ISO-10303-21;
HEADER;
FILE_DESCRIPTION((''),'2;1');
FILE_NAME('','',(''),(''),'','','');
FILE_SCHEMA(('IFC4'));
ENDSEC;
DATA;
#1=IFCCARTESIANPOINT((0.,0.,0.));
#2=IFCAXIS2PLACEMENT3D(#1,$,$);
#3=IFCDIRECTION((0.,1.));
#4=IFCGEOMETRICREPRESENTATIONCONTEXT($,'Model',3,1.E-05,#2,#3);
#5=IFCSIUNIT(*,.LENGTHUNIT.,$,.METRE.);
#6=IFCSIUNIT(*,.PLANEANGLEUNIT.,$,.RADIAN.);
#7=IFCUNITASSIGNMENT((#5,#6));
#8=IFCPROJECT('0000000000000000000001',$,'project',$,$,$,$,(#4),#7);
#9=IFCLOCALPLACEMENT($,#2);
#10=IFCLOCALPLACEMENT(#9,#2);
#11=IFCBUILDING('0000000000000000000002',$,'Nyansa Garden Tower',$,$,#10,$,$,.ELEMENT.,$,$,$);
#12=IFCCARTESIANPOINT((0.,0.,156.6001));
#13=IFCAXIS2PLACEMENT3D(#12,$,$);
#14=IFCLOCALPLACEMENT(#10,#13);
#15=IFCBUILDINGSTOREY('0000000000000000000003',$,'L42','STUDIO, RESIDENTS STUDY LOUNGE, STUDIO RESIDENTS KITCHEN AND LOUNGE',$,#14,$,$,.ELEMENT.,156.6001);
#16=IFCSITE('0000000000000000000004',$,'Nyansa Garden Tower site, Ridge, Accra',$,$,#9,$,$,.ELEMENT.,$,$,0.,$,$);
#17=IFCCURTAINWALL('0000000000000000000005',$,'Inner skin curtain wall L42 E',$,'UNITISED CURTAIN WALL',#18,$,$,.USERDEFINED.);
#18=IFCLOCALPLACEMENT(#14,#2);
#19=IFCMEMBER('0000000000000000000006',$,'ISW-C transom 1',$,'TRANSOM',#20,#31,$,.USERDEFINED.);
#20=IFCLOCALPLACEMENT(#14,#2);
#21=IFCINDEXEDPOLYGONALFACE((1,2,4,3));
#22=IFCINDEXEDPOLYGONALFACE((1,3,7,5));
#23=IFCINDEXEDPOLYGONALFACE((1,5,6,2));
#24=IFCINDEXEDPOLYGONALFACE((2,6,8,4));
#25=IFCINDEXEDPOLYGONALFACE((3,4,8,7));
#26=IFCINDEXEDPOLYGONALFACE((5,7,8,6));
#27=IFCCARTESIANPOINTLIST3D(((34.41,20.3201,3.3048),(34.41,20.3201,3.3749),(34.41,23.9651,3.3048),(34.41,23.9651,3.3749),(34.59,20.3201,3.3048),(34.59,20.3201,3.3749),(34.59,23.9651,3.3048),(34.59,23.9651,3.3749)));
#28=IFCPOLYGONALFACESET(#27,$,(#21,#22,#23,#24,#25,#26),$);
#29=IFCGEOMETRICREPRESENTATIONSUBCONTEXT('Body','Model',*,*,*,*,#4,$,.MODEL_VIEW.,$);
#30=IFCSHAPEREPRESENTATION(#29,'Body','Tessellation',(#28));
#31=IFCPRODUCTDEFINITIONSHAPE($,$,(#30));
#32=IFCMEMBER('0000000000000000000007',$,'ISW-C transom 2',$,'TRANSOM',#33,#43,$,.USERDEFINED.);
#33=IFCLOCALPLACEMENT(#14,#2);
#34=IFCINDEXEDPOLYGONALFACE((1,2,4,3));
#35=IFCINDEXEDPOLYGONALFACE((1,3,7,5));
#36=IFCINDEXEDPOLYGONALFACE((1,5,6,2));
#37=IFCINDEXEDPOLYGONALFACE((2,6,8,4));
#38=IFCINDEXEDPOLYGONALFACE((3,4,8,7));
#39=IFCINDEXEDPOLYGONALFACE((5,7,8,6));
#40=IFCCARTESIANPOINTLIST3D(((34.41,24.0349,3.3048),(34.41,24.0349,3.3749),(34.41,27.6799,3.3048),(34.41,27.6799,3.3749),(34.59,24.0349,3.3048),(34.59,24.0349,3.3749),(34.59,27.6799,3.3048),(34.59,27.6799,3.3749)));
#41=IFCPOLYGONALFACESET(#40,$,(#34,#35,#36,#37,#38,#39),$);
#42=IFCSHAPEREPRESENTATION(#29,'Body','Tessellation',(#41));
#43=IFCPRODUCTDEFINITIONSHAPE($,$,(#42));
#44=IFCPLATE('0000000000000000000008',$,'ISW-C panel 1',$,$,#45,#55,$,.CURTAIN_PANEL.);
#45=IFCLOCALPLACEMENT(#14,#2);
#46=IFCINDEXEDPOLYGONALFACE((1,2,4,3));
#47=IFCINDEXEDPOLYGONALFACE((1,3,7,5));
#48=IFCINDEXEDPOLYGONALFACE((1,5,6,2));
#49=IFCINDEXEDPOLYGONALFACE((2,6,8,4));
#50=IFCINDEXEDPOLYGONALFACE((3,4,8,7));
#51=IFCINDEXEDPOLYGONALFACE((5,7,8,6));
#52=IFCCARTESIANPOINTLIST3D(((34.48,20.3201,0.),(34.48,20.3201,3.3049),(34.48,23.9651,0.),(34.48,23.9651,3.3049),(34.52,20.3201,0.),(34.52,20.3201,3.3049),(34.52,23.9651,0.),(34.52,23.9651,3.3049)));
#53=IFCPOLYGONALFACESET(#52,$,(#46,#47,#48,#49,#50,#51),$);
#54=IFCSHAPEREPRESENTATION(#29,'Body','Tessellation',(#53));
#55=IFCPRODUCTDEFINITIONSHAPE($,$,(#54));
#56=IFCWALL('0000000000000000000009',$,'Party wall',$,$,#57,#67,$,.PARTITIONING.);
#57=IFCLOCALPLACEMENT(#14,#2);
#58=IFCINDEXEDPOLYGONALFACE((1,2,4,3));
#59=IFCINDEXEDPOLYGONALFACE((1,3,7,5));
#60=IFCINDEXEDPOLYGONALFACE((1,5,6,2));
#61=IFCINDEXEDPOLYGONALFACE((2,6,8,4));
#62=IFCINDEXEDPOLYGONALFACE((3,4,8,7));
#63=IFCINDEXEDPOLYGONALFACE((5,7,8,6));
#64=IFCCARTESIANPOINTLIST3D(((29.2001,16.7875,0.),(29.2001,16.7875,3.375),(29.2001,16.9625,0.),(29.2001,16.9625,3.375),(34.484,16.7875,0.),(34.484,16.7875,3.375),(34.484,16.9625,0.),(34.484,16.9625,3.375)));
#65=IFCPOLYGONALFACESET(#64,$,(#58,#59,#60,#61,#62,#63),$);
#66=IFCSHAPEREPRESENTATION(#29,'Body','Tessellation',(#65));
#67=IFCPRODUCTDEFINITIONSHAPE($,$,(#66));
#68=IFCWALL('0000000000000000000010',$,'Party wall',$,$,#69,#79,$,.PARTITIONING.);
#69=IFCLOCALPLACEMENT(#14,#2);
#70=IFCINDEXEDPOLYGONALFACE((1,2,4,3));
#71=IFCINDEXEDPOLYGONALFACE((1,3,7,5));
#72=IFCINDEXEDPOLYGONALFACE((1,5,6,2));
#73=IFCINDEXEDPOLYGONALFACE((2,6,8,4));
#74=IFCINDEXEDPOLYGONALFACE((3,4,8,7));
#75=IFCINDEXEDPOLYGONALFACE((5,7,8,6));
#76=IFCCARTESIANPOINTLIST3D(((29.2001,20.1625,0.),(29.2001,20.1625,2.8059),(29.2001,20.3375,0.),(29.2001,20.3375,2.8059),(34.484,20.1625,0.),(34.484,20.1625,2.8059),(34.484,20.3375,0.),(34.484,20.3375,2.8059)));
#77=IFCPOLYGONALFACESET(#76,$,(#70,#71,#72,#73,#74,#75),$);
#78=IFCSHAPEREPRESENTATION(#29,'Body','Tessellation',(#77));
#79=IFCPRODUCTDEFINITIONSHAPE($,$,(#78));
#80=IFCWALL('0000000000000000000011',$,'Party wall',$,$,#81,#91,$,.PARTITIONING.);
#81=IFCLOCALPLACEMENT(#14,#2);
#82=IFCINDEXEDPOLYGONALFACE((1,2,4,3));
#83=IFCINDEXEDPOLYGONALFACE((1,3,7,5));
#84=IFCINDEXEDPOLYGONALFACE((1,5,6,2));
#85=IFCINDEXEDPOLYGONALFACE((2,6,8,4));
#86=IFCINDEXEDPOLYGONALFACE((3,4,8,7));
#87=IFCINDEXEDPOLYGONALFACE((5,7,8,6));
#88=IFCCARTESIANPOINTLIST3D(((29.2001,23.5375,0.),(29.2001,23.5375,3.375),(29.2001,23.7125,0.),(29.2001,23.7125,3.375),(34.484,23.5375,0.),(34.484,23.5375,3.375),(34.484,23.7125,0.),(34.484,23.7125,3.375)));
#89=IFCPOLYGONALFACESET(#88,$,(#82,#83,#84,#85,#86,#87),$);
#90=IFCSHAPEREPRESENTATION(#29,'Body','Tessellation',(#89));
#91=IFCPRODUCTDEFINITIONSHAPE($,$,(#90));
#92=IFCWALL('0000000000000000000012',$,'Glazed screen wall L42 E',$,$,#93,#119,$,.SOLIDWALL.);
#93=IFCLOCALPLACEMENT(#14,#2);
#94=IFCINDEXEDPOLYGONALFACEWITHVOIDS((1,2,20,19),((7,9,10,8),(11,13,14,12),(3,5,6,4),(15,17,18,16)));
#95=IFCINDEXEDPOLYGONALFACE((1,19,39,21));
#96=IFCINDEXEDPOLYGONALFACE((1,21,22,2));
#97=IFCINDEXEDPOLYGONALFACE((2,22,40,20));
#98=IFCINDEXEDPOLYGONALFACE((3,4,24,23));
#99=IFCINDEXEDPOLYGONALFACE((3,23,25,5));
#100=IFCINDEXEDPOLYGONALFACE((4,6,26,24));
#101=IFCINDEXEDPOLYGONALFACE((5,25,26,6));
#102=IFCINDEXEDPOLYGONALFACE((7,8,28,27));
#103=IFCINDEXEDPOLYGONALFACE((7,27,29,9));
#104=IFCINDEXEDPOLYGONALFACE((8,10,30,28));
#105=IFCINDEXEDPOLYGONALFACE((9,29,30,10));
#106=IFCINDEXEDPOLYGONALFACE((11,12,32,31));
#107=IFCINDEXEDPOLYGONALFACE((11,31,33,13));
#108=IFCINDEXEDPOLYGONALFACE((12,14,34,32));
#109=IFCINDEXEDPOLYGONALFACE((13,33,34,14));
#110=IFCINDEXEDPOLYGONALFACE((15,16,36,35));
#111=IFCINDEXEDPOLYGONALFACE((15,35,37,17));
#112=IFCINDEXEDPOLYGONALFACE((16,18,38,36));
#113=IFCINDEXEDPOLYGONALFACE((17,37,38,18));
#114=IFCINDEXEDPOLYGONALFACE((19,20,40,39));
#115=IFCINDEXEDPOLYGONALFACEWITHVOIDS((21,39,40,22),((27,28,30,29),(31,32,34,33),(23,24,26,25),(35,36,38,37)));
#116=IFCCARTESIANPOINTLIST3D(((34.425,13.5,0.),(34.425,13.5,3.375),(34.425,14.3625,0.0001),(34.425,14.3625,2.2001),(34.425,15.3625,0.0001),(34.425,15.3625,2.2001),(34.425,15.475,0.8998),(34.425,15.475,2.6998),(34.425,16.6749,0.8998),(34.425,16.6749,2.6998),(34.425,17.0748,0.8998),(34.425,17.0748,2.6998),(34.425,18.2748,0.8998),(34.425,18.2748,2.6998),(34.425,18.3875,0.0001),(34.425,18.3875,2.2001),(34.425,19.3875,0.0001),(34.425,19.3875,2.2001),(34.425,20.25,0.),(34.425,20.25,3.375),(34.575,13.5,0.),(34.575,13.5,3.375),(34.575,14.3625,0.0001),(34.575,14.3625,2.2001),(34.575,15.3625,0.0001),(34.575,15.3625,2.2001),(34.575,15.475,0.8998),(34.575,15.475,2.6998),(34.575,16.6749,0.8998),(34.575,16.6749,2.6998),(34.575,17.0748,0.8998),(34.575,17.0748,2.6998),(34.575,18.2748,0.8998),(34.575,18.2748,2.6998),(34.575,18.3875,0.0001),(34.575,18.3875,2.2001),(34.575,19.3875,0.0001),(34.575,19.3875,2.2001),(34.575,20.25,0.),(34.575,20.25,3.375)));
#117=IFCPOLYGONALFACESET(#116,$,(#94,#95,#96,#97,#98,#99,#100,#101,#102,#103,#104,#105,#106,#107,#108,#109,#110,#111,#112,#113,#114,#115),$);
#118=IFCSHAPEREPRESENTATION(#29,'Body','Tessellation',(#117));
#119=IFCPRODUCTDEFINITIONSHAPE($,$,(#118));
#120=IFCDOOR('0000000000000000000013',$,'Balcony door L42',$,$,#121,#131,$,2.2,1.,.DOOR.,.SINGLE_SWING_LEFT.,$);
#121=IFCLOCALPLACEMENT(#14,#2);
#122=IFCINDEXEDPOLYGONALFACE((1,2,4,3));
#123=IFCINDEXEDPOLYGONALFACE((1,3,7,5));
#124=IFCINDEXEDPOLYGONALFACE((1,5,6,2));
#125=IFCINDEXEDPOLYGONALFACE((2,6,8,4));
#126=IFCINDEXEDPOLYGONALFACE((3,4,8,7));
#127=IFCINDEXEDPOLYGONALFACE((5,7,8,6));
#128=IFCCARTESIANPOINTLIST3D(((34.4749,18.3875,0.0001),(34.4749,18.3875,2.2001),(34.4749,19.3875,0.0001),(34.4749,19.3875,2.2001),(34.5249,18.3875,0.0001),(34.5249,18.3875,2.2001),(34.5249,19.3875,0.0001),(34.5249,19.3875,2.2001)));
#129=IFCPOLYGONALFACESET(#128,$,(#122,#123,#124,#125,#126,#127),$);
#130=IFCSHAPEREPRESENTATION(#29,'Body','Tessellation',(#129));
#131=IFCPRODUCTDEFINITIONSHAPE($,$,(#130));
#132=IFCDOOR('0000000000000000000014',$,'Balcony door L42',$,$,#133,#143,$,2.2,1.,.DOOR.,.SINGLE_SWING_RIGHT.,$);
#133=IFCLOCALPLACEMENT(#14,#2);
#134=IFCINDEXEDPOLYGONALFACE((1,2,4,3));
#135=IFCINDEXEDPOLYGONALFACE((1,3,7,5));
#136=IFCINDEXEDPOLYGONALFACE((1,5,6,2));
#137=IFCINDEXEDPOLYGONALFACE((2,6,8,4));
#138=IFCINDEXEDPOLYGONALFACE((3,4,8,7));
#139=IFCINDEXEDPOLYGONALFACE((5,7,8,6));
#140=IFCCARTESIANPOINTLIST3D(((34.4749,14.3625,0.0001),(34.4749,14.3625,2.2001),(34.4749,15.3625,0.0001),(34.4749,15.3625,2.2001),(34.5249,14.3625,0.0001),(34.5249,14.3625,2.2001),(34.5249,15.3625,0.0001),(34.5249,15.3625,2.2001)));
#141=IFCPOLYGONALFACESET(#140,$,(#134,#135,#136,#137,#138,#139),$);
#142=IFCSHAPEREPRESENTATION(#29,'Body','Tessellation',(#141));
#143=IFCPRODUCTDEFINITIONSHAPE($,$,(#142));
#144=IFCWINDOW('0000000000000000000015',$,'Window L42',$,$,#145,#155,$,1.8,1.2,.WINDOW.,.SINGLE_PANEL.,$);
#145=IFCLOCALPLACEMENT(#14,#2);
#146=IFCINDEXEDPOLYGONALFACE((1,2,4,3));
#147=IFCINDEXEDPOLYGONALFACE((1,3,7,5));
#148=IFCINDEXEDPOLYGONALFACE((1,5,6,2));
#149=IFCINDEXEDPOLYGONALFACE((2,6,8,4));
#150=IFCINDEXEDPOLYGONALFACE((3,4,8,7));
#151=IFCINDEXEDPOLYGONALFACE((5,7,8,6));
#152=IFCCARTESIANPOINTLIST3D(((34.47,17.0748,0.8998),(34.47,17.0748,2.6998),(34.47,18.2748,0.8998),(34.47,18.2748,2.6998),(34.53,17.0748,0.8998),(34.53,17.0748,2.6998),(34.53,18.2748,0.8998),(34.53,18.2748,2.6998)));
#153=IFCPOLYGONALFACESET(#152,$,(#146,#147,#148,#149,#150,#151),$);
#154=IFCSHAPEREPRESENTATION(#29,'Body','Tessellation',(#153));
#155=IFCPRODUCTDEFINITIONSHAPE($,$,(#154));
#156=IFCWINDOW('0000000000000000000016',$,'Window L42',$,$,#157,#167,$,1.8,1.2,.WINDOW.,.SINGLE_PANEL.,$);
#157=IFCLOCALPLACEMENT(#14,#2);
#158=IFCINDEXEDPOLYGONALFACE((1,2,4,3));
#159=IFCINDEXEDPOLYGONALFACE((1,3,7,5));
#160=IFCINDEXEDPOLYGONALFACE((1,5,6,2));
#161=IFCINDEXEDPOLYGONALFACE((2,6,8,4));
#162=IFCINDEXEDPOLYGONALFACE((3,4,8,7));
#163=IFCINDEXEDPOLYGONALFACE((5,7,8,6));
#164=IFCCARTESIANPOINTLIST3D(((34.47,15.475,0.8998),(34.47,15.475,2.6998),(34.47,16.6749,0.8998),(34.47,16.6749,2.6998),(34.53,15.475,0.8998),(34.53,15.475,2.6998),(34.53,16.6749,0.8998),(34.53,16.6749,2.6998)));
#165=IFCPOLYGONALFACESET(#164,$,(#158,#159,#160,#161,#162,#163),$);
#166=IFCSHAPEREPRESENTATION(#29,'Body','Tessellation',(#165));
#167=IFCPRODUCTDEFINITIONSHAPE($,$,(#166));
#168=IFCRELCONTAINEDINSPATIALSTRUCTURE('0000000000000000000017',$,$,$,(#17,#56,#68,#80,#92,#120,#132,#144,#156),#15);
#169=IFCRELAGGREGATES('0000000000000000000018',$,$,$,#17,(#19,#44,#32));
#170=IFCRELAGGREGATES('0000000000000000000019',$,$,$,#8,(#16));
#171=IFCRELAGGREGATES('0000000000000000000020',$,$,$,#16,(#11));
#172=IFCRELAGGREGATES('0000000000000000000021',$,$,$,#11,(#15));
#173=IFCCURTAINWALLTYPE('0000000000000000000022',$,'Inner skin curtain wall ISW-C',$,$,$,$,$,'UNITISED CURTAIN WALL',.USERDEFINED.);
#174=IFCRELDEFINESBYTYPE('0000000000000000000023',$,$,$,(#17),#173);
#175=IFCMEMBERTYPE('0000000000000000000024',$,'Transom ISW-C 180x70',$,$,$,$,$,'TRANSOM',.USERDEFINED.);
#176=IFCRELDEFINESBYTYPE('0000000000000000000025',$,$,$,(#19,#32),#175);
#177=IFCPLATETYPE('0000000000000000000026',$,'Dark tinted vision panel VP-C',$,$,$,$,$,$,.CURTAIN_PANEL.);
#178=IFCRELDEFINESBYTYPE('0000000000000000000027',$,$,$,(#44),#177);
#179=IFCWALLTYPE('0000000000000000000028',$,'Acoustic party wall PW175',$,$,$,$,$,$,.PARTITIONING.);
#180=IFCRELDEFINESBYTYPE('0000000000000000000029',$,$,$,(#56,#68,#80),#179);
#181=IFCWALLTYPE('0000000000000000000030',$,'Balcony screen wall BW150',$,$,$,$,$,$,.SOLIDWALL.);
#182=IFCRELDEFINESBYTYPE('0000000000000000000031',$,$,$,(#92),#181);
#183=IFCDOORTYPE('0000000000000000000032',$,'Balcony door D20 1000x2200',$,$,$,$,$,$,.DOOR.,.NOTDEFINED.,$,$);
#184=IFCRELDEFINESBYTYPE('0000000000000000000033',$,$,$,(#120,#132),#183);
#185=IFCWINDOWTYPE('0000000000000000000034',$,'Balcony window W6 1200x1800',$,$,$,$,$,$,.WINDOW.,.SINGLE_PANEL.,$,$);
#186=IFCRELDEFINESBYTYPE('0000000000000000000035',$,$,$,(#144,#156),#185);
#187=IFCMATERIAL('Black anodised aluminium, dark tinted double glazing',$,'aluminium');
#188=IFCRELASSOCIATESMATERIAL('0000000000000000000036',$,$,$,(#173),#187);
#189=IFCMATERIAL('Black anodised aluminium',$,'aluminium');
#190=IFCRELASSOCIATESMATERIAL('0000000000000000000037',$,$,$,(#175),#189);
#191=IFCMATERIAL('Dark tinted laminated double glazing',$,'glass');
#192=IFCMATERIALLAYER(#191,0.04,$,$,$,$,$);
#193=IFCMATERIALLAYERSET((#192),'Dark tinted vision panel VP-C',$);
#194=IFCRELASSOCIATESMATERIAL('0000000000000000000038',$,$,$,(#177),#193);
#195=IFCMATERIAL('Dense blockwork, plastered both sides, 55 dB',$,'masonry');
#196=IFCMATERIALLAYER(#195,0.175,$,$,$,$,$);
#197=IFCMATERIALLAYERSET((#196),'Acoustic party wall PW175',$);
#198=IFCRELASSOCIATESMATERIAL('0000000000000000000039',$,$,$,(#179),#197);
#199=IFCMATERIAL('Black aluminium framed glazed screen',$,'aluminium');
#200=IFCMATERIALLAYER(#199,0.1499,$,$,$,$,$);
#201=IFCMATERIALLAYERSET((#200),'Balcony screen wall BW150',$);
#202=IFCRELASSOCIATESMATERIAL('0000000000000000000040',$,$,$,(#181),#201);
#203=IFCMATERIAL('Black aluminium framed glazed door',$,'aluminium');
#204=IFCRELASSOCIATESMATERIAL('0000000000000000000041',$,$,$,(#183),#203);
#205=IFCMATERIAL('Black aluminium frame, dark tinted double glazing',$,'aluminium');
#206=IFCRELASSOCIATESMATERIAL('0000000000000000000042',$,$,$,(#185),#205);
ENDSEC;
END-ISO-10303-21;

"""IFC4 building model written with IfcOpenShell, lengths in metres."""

from ifc_helpers import new_model, si_unit, direction, frame, frame_2d, origin, origin_2d, place, context, subcontext, project, spatial, rectangle, extrude, material, layer, layer_set, material_profile, profile_set, type_object, element, fill, aggregate, save


model = new_model("IFC4")

# Units and contexts
model_context = context("Model", 3, precision=1e-05, world=origin(), true_north=direction((0.0, 1.0)))
body_context = subcontext(model_context, "Body", "Model", "MODEL_VIEW")
ifc_project = project(units=[si_unit("LENGTHUNIT", "METRE"), si_unit("PLANEANGLEUNIT", "RADIAN")], contexts=[model_context])

# Site, building, storey
site_placement = place(None, origin())
site = spatial("IfcSite", under=ifc_project, at=site_placement, Name="Nyansa Garden Tower site, Ridge, Accra", CompositionType="ELEMENT", RefElevation=0.0)
building_placement = place(site_placement, origin())
building = spatial("IfcBuilding", under=site, at=building_placement, Name="Nyansa Garden Tower", CompositionType="ELEMENT")
storey_placement = place(building_placement, frame((0.0, 0.0, 156.6001)))
storey = spatial("IfcBuildingStorey", under=building, at=storey_placement, Name="L42", Description="STUDIO, RESIDENTS STUDY LOUNGE, STUDIO RESIDENTS KITCHEN AND LOUNGE", CompositionType="ELEMENT", Elevation=156.6001)

# Curtain wall
ifc_material_1 = material(Name="Black anodised aluminium, dark tinted double glazing", Category="aluminium")
curtain_wall_type = type_object("IfcCurtainWallType", Name="Inner skin curtain wall ISW-C", ElementType="UNITISED CURTAIN WALL", PredefinedType="USERDEFINED", material=ifc_material_1)
curtain_wall_placement = place(storey_placement, origin())
curtain_wall = element("IfcCurtainWall", 1, at=curtain_wall_placement, inside=storey, type_object=curtain_wall_type, Name="Inner skin curtain wall L42 E", ObjectType="UNITISED CURTAIN WALL", PredefinedType="USERDEFINED")

# Members
ifc_material_2 = material(Name="Black anodised aluminium", Category="aluminium")
ifc_material_profile_1 = material_profile(ifc_material_2, rectangle(XDim=0.1799, YDim=0.0701, at=origin_2d()), Name="Transom 180x70")
ifc_profile_set_1 = profile_set([ifc_material_profile_1], Name="Black anodised aluminium")
member_type_1 = type_object("IfcMemberType", Name="Transom ISW-C 180x70", ElementType="TRANSOM", PredefinedType="USERDEFINED", material=ifc_profile_set_1)
member_1_placement = place(storey_placement, frame((34.5, 20.3201, 3.3398), z_axis=(0.0, 1.0, 0.0), x_axis=(-1.0, 0.0, 0.0)))
member_1 = element("IfcMember", 2, at=member_1_placement, type_object=member_type_1, Name="ISW-C transom 1", ObjectType="TRANSOM", PredefinedType="USERDEFINED", context=body_context, shape_type="SweptSolid", body=[
    extrude(rectangle(XDim=0.1799, YDim=0.0701, at=origin_2d()), origin(), (0.0, 0.0, 1.0), 3.645),
])
member_2_placement = place(storey_placement, frame((34.5, 24.0349, 3.3398), z_axis=(0.0, 1.0, 0.0), x_axis=(-1.0, 0.0, 0.0)))
member_2 = element("IfcMember", 3, at=member_2_placement, type_object=member_type_1, Name="ISW-C transom 2", ObjectType="TRANSOM", PredefinedType="USERDEFINED", context=body_context, shape_type="SweptSolid", body=[
    extrude(rectangle(XDim=0.1799, YDim=0.0701, at=origin_2d()), origin(), (0.0, 0.0, 1.0), 3.645),
])

# Plate
ifc_material_3 = material(Name="Dark tinted laminated double glazing", Category="glass")
ifc_layer_1 = layer(ifc_material_3, 0.04)
ifc_layer_set_1 = layer_set([ifc_layer_1], Name="Dark tinted vision panel VP-C")
plate_type = type_object("IfcPlateType", Name="Dark tinted vision panel VP-C", PredefinedType="CURTAIN_PANEL", material=ifc_layer_set_1)
plate_placement = place(storey_placement, frame((34.5, 22.1426, 0.0), z_axis=(0.0, 0.0, 1.0), x_axis=(0.0, 1.0, 0.0)))
plate = element("IfcPlate", 4, at=plate_placement, type_object=plate_type, Name="ISW-C panel 1", PredefinedType="CURTAIN_PANEL", context=body_context, shape_type="SweptSolid", body=[
    extrude(rectangle(XDim=3.645, YDim=0.04, at=origin_2d()), origin(), (0.0, 0.0, 1.0), 3.3049),
])
aggregate(curtain_wall, [member_1, plate, member_2])

# Walls
ifc_material_4 = material(Name="Dense blockwork, plastered both sides, 55 dB", Category="masonry")
ifc_layer_2 = layer(ifc_material_4, 0.175)
ifc_layer_set_2 = layer_set([ifc_layer_2], Name="Acoustic party wall PW175")
wall_type_1 = type_object("IfcWallType", Name="Acoustic party wall PW175", PredefinedType="PARTITIONING", material=ifc_layer_set_2)
wall_1_placement = place(storey_placement, frame((29.2, 16.875, 0.0), z_axis=(0.0, 0.0, 1.0), x_axis=(1.0, 0.0, 0.0)))
element("IfcWall", 5, at=wall_1_placement, inside=storey, type_object=wall_type_1, Name="Party wall", PredefinedType="PARTITIONING", context=body_context, shape_type="SweptSolid", body=[
    extrude(rectangle(XDim=5.2839, YDim=0.175, at=frame_2d((2.6421, 0.0))), origin(), (0.0, 0.0, 1.0), 3.375),
])
wall_2_placement = place(storey_placement, frame((29.2, 20.25, 0.0), z_axis=(0.0, 0.0, 1.0), x_axis=(1.0, 0.0, 0.0)))
element("IfcWall", 6, at=wall_2_placement, inside=storey, type_object=wall_type_1, Name="Party wall", PredefinedType="PARTITIONING", context=body_context, shape_type="SweptSolid", body=[
    extrude(rectangle(XDim=5.2839, YDim=0.175, at=frame_2d((2.6421, 0.0))), origin(), (0.0, 0.0, 1.0), 2.8059),
])
wall_3_placement = place(storey_placement, frame((29.2, 23.625, 0.0), z_axis=(0.0, 0.0, 1.0), x_axis=(1.0, 0.0, 0.0)))
element("IfcWall", 7, at=wall_3_placement, inside=storey, type_object=wall_type_1, Name="Party wall", PredefinedType="PARTITIONING", context=body_context, shape_type="SweptSolid", body=[
    extrude(rectangle(XDim=5.2839, YDim=0.175, at=frame_2d((2.6421, 0.0))), origin(), (0.0, 0.0, 1.0), 3.375),
])

# Wall, openings, doors, windows
ifc_material_5 = material(Name="Black aluminium framed glazed screen", Category="aluminium")
ifc_layer_3 = layer(ifc_material_5, 0.1499)
ifc_layer_set_3 = layer_set([ifc_layer_3], Name="Balcony screen wall BW150")
wall_type_2 = type_object("IfcWallType", Name="Balcony screen wall BW150", PredefinedType="SOLIDWALL", material=ifc_layer_set_3)
wall_4_placement = place(storey_placement, frame((34.5, 20.25, 0.0), z_axis=(0.0, 0.0, 1.0), x_axis=(0.0, -1.0, 0.0)))
wall_4 = element("IfcWall", 8, at=wall_4_placement, inside=storey, type_object=wall_type_2, Name="Glazed screen wall L42 E", PredefinedType="SOLIDWALL", context=body_context, shape_type="SweptSolid", body=[
    extrude(rectangle(XDim=6.75, YDim=0.1499, at=frame_2d((3.375, 0.0))), origin(), (0.0, 0.0, 1.0), 3.375),
])
opening_1_placement = place(wall_4_placement, frame((0.8625, 0.0, 0.0)))
opening_1 = element("IfcOpeningElement", 9, at=opening_1_placement, cuts=wall_4, PredefinedType="OPENING", context=body_context, shape_type="SweptSolid", body=[
    extrude(rectangle(XDim=1.0, YDim=2.2, at=frame_2d((0.5, 1.1001))), frame((0.0, 0.085, 0.0), z_axis=(0.0, -1.0, 0.0), x_axis=(1.0, 0.0, 0.0)), (0.0, 0.0, 1.0), 0.1699),
])
opening_2_placement = place(wall_4_placement, frame((1.9751, 0.0, 0.8999)))
opening_2 = element("IfcOpeningElement", 10, at=opening_2_placement, cuts=wall_4, PredefinedType="OPENING", context=body_context, shape_type="SweptSolid", body=[
    extrude(rectangle(XDim=1.2, YDim=1.8, at=frame_2d((0.6001, 0.8999))), frame((0.0, 0.085, 0.0), z_axis=(0.0, -1.0, 0.0), x_axis=(1.0, 0.0, 0.0)), (0.0, 0.0, 1.0), 0.1699),
])
opening_3_placement = place(wall_4_placement, frame((4.8875, 0.0, 0.0)))
opening_3 = element("IfcOpeningElement", 11, at=opening_3_placement, cuts=wall_4, PredefinedType="OPENING", context=body_context, shape_type="SweptSolid", body=[
    extrude(rectangle(XDim=1.0, YDim=2.2, at=frame_2d((0.5, 1.1001))), frame((0.0, 0.085, 0.0), z_axis=(0.0, -1.0, 0.0), x_axis=(1.0, 0.0, 0.0)), (0.0, 0.0, 1.0), 0.1699),
])
opening_4_placement = place(wall_4_placement, frame((3.575, 0.0, 0.8999)))
opening_4 = element("IfcOpeningElement", 12, at=opening_4_placement, cuts=wall_4, PredefinedType="OPENING", context=body_context, shape_type="SweptSolid", body=[
    extrude(rectangle(XDim=1.2, YDim=1.8, at=frame_2d((0.6001, 0.8999))), frame((0.0, 0.085, 0.0), z_axis=(0.0, -1.0, 0.0), x_axis=(1.0, 0.0, 0.0)), (0.0, 0.0, 1.0), 0.1699),
])
ifc_material_6 = material(Name="Black aluminium framed glazed door", Category="aluminium")
door_type_1 = type_object("IfcDoorType", Name="Balcony door D20 1000x2200", OperationType="NOTDEFINED", PredefinedType="DOOR", material=ifc_material_6)
door_1_placement = place(opening_1_placement, origin())
door_1 = element("IfcDoor", 13, at=door_1_placement, inside=storey, type_object=door_type_1, Name="Balcony door L42", OperationType="SINGLE_SWING_LEFT", OverallHeight=2.2, OverallWidth=1.0, PredefinedType="DOOR", context=body_context, shape_type="SweptSolid", body=[
    extrude(rectangle(XDim=1.0, YDim=2.2, at=frame_2d((0.5, 1.1001))), frame((0.0, 0.0249, 0.0), z_axis=(0.0, -1.0, 0.0), x_axis=(1.0, 0.0, 0.0)), (0.0, 0.0, 1.0), 0.05),
])
fill(opening_1, door_1)
door_2_placement = place(opening_3_placement, origin())
door_2 = element("IfcDoor", 14, at=door_2_placement, inside=storey, type_object=door_type_1, Name="Balcony door L42", OperationType="SINGLE_SWING_RIGHT", OverallHeight=2.2, OverallWidth=1.0, PredefinedType="DOOR", context=body_context, shape_type="SweptSolid", body=[
    extrude(rectangle(XDim=1.0, YDim=2.2, at=frame_2d((0.5, 1.1001))), frame((0.0, 0.0249, 0.0), z_axis=(0.0, -1.0, 0.0), x_axis=(1.0, 0.0, 0.0)), (0.0, 0.0, 1.0), 0.05),
])
fill(opening_3, door_2)
ifc_material_7 = material(Name="Black aluminium frame, dark tinted double glazing", Category="aluminium")
window_type = type_object("IfcWindowType", Name="Balcony window W6 1200x1800", PartitioningType="SINGLE_PANEL", PredefinedType="WINDOW", material=ifc_material_7)
window_1_placement = place(opening_2_placement, origin())
window_1 = element("IfcWindow", 15, at=window_1_placement, inside=storey, type_object=window_type, Name="Window L42", OverallHeight=1.8, OverallWidth=1.2, PartitioningType="SINGLE_PANEL", PredefinedType="WINDOW", context=body_context, shape_type="SweptSolid", body=[
    extrude(rectangle(XDim=1.2, YDim=1.8, at=frame_2d((0.6001, 0.8999))), frame((0.0, 0.03, 0.0), z_axis=(0.0, -1.0, 0.0), x_axis=(1.0, 0.0, 0.0)), (0.0, 0.0, 1.0), 0.0601),
])
fill(opening_2, window_1)
window_2_placement = place(opening_4_placement, origin())
window_2 = element("IfcWindow", 16, at=window_2_placement, inside=storey, type_object=window_type, Name="Window L42", OverallHeight=1.8, OverallWidth=1.2, PartitioningType="SINGLE_PANEL", PredefinedType="WINDOW", context=body_context, shape_type="SweptSolid", body=[
    extrude(rectangle(XDim=1.2, YDim=1.8, at=frame_2d((0.6001, 0.8999))), frame((0.0, 0.03, 0.0), z_axis=(0.0, -1.0, 0.0), x_axis=(1.0, 0.0, 0.0)), (0.0, 0.0, 1.0), 0.0601),
])
fill(opening_4, window_2)

save(model, "model.ifc")
